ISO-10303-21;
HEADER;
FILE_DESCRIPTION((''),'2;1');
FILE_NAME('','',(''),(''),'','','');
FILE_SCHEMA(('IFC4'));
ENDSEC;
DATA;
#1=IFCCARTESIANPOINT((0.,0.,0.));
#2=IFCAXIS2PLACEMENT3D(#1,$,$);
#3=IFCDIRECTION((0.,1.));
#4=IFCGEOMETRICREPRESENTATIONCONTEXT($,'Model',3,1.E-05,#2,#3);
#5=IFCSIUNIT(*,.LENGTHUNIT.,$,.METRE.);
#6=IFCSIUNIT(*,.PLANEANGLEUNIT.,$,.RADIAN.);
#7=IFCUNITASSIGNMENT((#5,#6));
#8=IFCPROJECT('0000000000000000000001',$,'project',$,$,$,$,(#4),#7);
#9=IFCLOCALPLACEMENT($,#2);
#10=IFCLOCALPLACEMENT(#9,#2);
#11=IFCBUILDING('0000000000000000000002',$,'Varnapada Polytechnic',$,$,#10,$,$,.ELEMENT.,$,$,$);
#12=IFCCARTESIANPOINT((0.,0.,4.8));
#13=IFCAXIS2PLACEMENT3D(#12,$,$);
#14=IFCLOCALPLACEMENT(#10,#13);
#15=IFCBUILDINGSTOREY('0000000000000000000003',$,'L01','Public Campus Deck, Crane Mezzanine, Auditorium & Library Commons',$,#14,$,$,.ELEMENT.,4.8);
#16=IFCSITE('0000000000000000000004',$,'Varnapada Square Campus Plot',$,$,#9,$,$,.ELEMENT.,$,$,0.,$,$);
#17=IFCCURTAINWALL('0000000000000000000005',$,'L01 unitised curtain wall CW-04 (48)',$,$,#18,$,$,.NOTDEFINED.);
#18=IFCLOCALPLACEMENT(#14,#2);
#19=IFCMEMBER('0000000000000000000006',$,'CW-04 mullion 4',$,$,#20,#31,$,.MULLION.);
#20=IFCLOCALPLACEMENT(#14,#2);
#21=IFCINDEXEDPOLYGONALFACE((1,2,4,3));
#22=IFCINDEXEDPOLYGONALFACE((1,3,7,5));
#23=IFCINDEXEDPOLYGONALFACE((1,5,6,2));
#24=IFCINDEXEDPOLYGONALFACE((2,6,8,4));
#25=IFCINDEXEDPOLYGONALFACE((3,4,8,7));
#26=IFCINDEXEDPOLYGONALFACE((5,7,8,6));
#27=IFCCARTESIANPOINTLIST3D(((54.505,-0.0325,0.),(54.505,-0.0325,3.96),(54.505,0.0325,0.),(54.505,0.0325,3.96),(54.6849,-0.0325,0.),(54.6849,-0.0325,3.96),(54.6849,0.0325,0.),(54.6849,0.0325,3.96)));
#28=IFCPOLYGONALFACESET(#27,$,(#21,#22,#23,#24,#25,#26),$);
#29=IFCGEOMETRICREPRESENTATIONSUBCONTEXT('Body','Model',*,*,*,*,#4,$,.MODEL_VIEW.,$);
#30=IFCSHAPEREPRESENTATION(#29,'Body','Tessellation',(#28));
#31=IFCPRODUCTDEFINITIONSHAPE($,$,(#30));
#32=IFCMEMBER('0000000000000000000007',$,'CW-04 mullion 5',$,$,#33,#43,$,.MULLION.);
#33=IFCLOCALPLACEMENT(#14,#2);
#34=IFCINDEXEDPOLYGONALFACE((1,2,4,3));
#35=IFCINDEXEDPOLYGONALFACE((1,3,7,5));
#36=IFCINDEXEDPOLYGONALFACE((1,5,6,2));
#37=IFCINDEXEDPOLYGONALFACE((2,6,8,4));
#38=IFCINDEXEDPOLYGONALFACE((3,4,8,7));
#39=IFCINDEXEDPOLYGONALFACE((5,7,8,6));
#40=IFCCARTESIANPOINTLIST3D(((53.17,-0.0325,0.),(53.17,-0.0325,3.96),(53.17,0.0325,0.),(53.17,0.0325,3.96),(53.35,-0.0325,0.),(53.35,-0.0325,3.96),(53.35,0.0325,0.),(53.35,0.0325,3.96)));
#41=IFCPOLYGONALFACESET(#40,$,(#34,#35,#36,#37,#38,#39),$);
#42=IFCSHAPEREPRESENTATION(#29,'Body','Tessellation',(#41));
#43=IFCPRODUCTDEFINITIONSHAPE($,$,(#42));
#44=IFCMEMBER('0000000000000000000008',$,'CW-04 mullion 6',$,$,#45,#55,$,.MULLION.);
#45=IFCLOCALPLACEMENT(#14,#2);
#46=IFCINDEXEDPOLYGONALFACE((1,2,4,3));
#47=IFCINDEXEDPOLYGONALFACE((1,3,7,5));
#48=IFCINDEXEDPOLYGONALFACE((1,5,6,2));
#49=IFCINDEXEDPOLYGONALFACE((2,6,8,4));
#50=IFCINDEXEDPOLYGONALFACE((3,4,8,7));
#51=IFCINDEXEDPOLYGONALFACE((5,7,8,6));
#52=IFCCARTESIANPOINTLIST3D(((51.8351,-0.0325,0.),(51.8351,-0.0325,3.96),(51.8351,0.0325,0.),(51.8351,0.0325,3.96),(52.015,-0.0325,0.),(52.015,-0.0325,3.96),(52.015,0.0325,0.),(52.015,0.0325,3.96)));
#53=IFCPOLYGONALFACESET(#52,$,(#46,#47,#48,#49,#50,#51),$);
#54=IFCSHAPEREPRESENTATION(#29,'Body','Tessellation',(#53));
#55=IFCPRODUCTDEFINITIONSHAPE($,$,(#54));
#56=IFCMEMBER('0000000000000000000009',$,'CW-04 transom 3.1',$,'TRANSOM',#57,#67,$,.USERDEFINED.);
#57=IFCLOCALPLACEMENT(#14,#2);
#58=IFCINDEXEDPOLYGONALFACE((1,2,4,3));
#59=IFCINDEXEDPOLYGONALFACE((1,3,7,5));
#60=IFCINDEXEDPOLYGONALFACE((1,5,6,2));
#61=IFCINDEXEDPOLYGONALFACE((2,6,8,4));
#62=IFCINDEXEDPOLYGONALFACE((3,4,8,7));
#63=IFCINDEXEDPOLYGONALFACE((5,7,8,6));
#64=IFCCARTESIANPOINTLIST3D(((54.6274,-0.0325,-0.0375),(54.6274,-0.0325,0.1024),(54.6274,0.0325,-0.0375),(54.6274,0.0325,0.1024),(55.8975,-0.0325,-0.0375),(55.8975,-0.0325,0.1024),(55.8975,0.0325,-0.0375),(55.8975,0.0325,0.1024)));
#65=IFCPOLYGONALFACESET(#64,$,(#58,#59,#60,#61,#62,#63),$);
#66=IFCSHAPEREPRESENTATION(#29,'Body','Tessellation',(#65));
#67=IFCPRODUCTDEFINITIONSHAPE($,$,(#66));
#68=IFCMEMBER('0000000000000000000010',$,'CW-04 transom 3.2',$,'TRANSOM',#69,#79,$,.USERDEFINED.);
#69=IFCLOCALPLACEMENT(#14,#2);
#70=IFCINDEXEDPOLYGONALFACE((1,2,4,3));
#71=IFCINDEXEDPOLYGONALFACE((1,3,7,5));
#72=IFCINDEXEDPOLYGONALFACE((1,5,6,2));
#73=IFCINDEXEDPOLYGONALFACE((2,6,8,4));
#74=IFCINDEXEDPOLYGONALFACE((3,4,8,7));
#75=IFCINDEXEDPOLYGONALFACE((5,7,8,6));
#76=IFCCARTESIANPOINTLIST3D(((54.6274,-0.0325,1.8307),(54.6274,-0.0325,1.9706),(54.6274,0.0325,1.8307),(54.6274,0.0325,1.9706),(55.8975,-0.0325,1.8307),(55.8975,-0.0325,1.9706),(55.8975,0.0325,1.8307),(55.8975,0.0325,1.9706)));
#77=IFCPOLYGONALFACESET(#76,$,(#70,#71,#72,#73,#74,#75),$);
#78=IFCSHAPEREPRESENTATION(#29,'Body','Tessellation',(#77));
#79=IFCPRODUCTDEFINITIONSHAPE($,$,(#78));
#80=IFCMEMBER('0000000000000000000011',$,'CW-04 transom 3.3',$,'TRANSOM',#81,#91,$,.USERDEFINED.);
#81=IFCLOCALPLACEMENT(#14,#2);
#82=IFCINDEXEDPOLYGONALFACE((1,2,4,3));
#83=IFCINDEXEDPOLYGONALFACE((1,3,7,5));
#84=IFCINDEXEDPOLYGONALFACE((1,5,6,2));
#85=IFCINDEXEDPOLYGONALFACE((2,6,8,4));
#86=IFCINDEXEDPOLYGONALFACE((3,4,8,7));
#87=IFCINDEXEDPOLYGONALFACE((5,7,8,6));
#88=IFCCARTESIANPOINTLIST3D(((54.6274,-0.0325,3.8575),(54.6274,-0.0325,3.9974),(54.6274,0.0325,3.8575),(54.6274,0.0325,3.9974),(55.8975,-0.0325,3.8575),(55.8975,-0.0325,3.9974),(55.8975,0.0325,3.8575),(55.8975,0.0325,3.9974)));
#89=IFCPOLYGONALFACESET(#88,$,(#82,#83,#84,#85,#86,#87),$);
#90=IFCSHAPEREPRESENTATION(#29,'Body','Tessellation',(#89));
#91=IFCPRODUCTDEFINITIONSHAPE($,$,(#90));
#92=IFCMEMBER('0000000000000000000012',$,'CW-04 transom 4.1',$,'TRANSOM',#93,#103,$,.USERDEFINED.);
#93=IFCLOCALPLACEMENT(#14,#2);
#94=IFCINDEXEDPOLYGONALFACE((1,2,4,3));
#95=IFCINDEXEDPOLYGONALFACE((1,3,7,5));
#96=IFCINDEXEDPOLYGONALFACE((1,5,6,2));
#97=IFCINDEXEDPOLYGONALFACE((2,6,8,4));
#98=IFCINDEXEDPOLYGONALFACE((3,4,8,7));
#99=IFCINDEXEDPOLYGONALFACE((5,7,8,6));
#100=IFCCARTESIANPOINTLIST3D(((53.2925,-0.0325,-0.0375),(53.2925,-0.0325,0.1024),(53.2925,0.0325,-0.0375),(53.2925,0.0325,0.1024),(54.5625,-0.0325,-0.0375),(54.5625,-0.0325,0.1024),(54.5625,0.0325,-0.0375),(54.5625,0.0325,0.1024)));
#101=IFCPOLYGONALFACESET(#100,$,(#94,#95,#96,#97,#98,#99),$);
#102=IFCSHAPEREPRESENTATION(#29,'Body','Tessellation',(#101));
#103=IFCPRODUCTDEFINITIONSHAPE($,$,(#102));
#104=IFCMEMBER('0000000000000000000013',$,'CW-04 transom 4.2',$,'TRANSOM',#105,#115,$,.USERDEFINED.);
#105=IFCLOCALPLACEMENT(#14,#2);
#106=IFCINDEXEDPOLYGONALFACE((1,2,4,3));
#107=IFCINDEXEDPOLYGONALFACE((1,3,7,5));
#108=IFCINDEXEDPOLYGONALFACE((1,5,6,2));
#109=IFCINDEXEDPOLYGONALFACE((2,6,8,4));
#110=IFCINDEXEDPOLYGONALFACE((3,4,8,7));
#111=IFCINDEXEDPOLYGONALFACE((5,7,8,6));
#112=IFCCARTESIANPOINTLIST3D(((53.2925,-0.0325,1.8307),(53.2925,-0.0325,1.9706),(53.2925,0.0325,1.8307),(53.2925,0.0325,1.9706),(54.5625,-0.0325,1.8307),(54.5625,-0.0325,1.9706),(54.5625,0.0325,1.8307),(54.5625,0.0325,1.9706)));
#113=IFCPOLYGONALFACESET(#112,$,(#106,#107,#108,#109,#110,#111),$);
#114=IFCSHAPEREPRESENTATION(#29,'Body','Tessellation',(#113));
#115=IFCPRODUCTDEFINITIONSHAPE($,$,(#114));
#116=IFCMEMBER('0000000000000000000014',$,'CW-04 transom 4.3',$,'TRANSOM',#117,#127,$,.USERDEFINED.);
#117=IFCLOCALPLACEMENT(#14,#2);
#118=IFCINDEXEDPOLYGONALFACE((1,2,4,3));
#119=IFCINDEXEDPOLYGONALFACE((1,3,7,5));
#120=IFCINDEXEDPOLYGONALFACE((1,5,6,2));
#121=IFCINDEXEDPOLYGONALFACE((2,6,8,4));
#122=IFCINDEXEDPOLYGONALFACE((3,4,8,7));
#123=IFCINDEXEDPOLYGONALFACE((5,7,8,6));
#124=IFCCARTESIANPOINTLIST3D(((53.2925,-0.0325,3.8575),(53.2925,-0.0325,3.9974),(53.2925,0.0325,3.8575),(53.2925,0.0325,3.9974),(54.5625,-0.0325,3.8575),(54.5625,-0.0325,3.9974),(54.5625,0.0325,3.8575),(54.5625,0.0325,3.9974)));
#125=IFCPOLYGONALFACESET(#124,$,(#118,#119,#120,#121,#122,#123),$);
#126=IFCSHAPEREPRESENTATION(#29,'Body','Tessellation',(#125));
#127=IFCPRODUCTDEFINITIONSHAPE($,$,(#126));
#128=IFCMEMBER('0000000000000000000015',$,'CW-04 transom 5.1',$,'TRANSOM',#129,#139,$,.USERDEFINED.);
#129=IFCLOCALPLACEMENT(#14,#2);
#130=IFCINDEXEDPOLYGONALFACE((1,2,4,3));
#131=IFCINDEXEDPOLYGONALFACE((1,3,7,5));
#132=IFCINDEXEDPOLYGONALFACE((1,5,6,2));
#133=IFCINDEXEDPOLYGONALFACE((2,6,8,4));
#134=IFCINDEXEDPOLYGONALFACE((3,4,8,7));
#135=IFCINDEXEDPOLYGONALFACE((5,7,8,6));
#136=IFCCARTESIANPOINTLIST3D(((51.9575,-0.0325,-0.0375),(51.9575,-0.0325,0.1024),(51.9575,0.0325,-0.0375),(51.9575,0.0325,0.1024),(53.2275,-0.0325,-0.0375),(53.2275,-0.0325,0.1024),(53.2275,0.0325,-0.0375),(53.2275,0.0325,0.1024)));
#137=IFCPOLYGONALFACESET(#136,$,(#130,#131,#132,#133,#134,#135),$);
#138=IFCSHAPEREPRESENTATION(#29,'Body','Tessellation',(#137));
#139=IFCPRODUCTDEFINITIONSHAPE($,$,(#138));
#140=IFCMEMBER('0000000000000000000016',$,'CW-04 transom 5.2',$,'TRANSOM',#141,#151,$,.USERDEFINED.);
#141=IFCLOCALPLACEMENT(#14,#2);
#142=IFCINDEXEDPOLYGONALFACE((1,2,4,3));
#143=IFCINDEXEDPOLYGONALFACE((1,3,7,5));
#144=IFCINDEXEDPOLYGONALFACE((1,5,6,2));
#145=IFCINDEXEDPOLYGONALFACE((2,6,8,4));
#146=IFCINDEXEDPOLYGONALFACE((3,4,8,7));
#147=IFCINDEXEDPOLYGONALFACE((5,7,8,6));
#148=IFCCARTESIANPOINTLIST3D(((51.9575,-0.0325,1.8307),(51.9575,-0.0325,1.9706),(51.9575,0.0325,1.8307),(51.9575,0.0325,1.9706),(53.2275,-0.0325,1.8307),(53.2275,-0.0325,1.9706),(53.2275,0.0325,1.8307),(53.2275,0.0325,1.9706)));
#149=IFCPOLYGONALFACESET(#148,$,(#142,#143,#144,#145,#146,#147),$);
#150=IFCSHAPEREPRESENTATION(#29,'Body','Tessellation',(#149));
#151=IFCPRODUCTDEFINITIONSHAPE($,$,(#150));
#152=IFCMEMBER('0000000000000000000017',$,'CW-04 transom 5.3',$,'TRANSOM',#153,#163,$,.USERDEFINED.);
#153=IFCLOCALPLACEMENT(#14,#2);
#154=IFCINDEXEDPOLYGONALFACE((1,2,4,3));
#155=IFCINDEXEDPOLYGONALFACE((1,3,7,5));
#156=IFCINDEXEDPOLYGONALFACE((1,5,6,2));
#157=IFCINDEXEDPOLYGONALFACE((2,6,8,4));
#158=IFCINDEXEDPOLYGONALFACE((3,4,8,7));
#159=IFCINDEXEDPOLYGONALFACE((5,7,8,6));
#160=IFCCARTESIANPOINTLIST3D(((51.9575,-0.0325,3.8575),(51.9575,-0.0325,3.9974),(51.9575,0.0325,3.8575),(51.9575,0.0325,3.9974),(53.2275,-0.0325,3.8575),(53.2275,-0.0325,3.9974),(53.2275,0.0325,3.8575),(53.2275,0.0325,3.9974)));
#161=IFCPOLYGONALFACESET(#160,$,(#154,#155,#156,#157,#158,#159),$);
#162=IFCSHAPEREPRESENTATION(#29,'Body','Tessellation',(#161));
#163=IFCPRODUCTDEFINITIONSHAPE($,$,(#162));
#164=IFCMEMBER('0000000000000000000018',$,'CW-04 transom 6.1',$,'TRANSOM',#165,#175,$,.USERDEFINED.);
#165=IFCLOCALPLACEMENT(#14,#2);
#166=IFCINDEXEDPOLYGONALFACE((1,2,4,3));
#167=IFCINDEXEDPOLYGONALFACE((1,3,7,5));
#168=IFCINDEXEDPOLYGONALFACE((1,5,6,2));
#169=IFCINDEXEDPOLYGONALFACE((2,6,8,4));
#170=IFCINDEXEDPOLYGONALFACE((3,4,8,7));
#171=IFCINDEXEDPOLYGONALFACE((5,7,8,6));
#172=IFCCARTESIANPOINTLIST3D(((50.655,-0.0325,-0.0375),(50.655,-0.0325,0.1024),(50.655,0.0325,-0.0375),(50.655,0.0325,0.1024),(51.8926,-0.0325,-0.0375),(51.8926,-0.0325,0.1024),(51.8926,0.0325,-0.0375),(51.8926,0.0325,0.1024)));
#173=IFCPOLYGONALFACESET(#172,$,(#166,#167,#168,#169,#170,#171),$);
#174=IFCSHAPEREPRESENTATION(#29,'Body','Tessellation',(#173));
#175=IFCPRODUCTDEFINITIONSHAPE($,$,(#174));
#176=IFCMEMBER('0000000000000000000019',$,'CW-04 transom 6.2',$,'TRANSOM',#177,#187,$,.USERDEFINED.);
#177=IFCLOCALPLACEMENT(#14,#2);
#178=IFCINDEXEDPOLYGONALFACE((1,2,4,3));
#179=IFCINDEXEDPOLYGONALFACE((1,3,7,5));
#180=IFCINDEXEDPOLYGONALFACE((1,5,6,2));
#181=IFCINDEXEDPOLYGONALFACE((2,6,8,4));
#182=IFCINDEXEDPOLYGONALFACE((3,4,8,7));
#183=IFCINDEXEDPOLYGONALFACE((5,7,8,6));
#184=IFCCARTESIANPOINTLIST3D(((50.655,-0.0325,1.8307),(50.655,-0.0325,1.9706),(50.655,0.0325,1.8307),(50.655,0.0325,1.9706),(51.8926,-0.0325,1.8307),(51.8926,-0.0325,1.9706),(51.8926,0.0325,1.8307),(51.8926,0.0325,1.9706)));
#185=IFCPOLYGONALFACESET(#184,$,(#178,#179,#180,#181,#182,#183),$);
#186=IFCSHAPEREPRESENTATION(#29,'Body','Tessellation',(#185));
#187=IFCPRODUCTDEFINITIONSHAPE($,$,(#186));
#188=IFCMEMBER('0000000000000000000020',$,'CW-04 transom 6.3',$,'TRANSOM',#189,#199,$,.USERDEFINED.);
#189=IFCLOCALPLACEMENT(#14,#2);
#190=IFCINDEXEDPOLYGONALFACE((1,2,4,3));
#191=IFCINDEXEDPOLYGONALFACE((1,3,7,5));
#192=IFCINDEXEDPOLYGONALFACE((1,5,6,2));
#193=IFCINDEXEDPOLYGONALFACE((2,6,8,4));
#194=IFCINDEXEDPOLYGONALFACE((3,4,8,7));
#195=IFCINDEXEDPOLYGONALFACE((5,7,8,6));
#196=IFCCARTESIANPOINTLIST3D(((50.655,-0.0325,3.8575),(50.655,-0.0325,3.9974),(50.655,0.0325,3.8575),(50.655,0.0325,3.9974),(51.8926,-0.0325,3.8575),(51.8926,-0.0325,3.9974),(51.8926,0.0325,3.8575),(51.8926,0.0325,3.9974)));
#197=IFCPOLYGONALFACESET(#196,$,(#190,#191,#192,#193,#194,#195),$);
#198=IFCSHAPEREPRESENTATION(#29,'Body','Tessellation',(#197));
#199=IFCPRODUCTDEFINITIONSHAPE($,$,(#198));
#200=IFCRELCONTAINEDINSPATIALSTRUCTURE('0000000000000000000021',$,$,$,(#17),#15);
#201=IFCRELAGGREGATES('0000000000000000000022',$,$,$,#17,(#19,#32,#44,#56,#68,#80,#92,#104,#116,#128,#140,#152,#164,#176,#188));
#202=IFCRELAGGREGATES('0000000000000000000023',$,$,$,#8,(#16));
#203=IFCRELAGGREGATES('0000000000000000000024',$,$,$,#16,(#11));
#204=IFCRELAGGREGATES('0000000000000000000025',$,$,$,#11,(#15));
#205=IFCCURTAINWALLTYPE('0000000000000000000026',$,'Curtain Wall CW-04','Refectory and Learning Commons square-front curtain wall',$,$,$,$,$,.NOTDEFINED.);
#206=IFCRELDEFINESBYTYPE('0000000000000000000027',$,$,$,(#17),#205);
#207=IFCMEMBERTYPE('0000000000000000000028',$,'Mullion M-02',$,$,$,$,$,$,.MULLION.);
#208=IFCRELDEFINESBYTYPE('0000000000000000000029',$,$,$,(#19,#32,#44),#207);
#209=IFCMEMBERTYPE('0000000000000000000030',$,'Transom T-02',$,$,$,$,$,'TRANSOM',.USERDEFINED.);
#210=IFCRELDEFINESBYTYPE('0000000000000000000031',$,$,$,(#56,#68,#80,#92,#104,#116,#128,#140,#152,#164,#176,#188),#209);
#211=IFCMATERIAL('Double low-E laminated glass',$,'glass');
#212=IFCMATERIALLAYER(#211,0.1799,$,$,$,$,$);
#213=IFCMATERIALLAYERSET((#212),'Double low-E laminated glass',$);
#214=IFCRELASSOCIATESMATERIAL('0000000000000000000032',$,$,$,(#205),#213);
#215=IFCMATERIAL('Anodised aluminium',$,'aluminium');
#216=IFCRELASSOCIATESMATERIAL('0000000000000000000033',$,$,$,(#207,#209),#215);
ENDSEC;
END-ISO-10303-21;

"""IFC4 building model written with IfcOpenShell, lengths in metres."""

from ifc_helpers import new_model, si_unit, direction, frame, origin, origin_2d, place, context, subcontext, project, spatial, rectangle, extrude, material, layer, layer_set, material_profile, profile_set, type_object, element, aggregate, save


model = new_model("IFC4")

# Units and contexts
model_context = context("Model", 3, precision=1e-05, world=origin(), true_north=direction((0.0, 1.0)))
body_context = subcontext(model_context, "Body", "Model", "MODEL_VIEW")
ifc_project = project(units=[si_unit("LENGTHUNIT", "METRE"), si_unit("PLANEANGLEUNIT", "RADIAN")], contexts=[model_context])

# Site, building, storey
site_placement = place(None, origin())
site = spatial("IfcSite", under=ifc_project, at=site_placement, Name="Varnapada Square Campus Plot", CompositionType="ELEMENT", RefElevation=0.0)
building_placement = place(site_placement, origin())
building = spatial("IfcBuilding", under=site, at=building_placement, Name="Varnapada Polytechnic", CompositionType="ELEMENT")
storey_placement = place(building_placement, frame((0.0, 0.0, 4.8)))
storey = spatial("IfcBuildingStorey", under=building, at=storey_placement, Name="L01", Description="Public Campus Deck, Crane Mezzanine, Auditorium & Library Commons", CompositionType="ELEMENT", Elevation=4.8)

# Curtain wall, members
ifc_material_1 = material(Name="Double low-E laminated glass", Category="glass")
ifc_layer_1 = layer(ifc_material_1, 0.1799)
ifc_layer_set_1 = layer_set([ifc_layer_1], Name="Double low-E laminated glass")
curtain_wall_type = type_object("IfcCurtainWallType", Name="Curtain Wall CW-04", Description="Refectory and Learning Commons square-front curtain wall", PredefinedType="NOTDEFINED", material=ifc_layer_set_1)
curtain_wall_placement = place(storey_placement, origin())
curtain_wall = element("IfcCurtainWall", 1, at=curtain_wall_placement, inside=storey, type_object=curtain_wall_type, Name="L01 unitised curtain wall CW-04 (48)", PredefinedType="NOTDEFINED")
ifc_material_2 = material(Name="Anodised aluminium", Category="aluminium")
ifc_material_profile_1 = material_profile(ifc_material_2, rectangle(XDim=0.0649, YDim=0.1799, at=origin_2d()), Name="ALU M65x180")
ifc_profile_set_1 = profile_set([ifc_material_profile_1], Name="Anodised aluminium")
member_type_1 = type_object("IfcMemberType", Name="Mullion M-02", PredefinedType="MULLION", material=ifc_profile_set_1)
member_1_placement = place(storey_placement, frame((54.595, 0.0, 0.0), z_axis=(0.0, 0.0, 1.0), x_axis=(0.0, -1.0, 0.0)))
member_1 = element("IfcMember", 2, at=member_1_placement, type_object=member_type_1, Name="CW-04 mullion 4", PredefinedType="MULLION", context=body_context, shape_type="SweptSolid", body=[
    extrude(rectangle(XDim=0.0649, YDim=0.1799, at=origin_2d()), origin(), (0.0, 0.0, 1.0), 3.96),
])
member_2_placement = place(storey_placement, frame((53.26, 0.0, 0.0), z_axis=(0.0, 0.0, 1.0), x_axis=(0.0, -1.0, 0.0)))
member_2 = element("IfcMember", 3, at=member_2_placement, type_object=member_type_1, Name="CW-04 mullion 5", PredefinedType="MULLION", context=body_context, shape_type="SweptSolid", body=[
    extrude(rectangle(XDim=0.0649, YDim=0.1799, at=origin_2d()), origin(), (0.0, 0.0, 1.0), 3.96),
])
member_3_placement = place(storey_placement, frame((51.925, 0.0, 0.0), z_axis=(0.0, 0.0, 1.0), x_axis=(0.0, -1.0, 0.0)))
member_3 = element("IfcMember", 4, at=member_3_placement, type_object=member_type_1, Name="CW-04 mullion 6", PredefinedType="MULLION", context=body_context, shape_type="SweptSolid", body=[
    extrude(rectangle(XDim=0.0649, YDim=0.1799, at=origin_2d()), origin(), (0.0, 0.0, 1.0), 3.96),
])
ifc_material_profile_2 = material_profile(ifc_material_2, rectangle(XDim=0.0649, YDim=0.1399, at=origin_2d()), Name="ALU T65x140")
ifc_profile_set_2 = profile_set([ifc_material_profile_2], Name="Anodised aluminium")
member_type_2 = type_object("IfcMemberType", Name="Transom T-02", ElementType="TRANSOM", PredefinedType="USERDEFINED", material=ifc_profile_set_2)
member_4_placement = place(storey_placement, frame((55.8975, 0.0, 0.0325), z_axis=(-1.0, 0.0, 0.0), x_axis=(0.0, -1.0, 0.0)))
member_4 = element("IfcMember", 5, at=member_4_placement, type_object=member_type_2, Name="CW-04 transom 3.1", ObjectType="TRANSOM", PredefinedType="USERDEFINED", context=body_context, shape_type="SweptSolid", body=[
    extrude(rectangle(XDim=0.0649, YDim=0.1399, at=origin_2d()), origin(), (0.0, 0.0, 1.0), 1.27),
])
member_5_placement = place(storey_placement, frame((55.8975, 0.0, 1.9006), z_axis=(-1.0, 0.0, 0.0), x_axis=(0.0, -1.0, 0.0)))
member_5 = element("IfcMember", 6, at=member_5_placement, type_object=member_type_2, Name="CW-04 transom 3.2", ObjectType="TRANSOM", PredefinedType="USERDEFINED", context=body_context, shape_type="SweptSolid", body=[
    extrude(rectangle(XDim=0.0649, YDim=0.1399, at=origin_2d()), origin(), (0.0, 0.0, 1.0), 1.27),
])
member_6_placement = place(storey_placement, frame((55.8975, 0.0, 3.9275), z_axis=(-1.0, 0.0, 0.0), x_axis=(0.0, -1.0, 0.0)))
member_6 = element("IfcMember", 7, at=member_6_placement, type_object=member_type_2, Name="CW-04 transom 3.3", ObjectType="TRANSOM", PredefinedType="USERDEFINED", context=body_context, shape_type="SweptSolid", body=[
    extrude(rectangle(XDim=0.0649, YDim=0.1399, at=origin_2d()), origin(), (0.0, 0.0, 1.0), 1.27),
])
member_7_placement = place(storey_placement, frame((54.5625, 0.0, 0.0325), z_axis=(-1.0, 0.0, 0.0), x_axis=(0.0, -1.0, 0.0)))
member_7 = element("IfcMember", 8, at=member_7_placement, type_object=member_type_2, Name="CW-04 transom 4.1", ObjectType="TRANSOM", PredefinedType="USERDEFINED", context=body_context, shape_type="SweptSolid", body=[
    extrude(rectangle(XDim=0.0649, YDim=0.1399, at=origin_2d()), origin(), (0.0, 0.0, 1.0), 1.27),
])
member_8_placement = place(storey_placement, frame((54.5625, 0.0, 1.9006), z_axis=(-1.0, 0.0, 0.0), x_axis=(0.0, -1.0, 0.0)))
member_8 = element("IfcMember", 9, at=member_8_placement, type_object=member_type_2, Name="CW-04 transom 4.2", ObjectType="TRANSOM", PredefinedType="USERDEFINED", context=body_context, shape_type="SweptSolid", body=[
    extrude(rectangle(XDim=0.0649, YDim=0.1399, at=origin_2d()), origin(), (0.0, 0.0, 1.0), 1.27),
])
member_9_placement = place(storey_placement, frame((54.5625, 0.0, 3.9275), z_axis=(-1.0, 0.0, 0.0), x_axis=(0.0, -1.0, 0.0)))
member_9 = element("IfcMember", 10, at=member_9_placement, type_object=member_type_2, Name="CW-04 transom 4.3", ObjectType="TRANSOM", PredefinedType="USERDEFINED", context=body_context, shape_type="SweptSolid", body=[
    extrude(rectangle(XDim=0.0649, YDim=0.1399, at=origin_2d()), origin(), (0.0, 0.0, 1.0), 1.27),
])
member_10_placement = place(storey_placement, frame((53.2275, 0.0, 0.0325), z_axis=(-1.0, 0.0, 0.0), x_axis=(0.0, -1.0, 0.0)))
member_10 = element("IfcMember", 11, at=member_10_placement, type_object=member_type_2, Name="CW-04 transom 5.1", ObjectType="TRANSOM", PredefinedType="USERDEFINED", context=body_context, shape_type="SweptSolid", body=[
    extrude(rectangle(XDim=0.0649, YDim=0.1399, at=origin_2d()), origin(), (0.0, 0.0, 1.0), 1.27),
])
member_11_placement = place(storey_placement, frame((53.2275, 0.0, 1.9006), z_axis=(-1.0, 0.0, 0.0), x_axis=(0.0, -1.0, 0.0)))
member_11 = element("IfcMember", 12, at=member_11_placement, type_object=member_type_2, Name="CW-04 transom 5.2", ObjectType="TRANSOM", PredefinedType="USERDEFINED", context=body_context, shape_type="SweptSolid", body=[
    extrude(rectangle(XDim=0.0649, YDim=0.1399, at=origin_2d()), origin(), (0.0, 0.0, 1.0), 1.27),
])
member_12_placement = place(storey_placement, frame((53.2275, 0.0, 3.9275), z_axis=(-1.0, 0.0, 0.0), x_axis=(0.0, -1.0, 0.0)))
member_12 = element("IfcMember", 13, at=member_12_placement, type_object=member_type_2, Name="CW-04 transom 5.3", ObjectType="TRANSOM", PredefinedType="USERDEFINED", context=body_context, shape_type="SweptSolid", body=[
    extrude(rectangle(XDim=0.0649, YDim=0.1399, at=origin_2d()), origin(), (0.0, 0.0, 1.0), 1.27),
])
member_13_placement = place(storey_placement, frame((51.8926, 0.0, 0.0325), z_axis=(-1.0, 0.0, 0.0), x_axis=(0.0, -1.0, 0.0)))
member_13 = element("IfcMember", 14, at=member_13_placement, type_object=member_type_2, Name="CW-04 transom 6.1", ObjectType="TRANSOM", PredefinedType="USERDEFINED", context=body_context, shape_type="SweptSolid", body=[
    extrude(rectangle(XDim=0.0649, YDim=0.1399, at=origin_2d()), origin(), (0.0, 0.0, 1.0), 1.2375),
])
member_14_placement = place(storey_placement, frame((51.8926, 0.0, 1.9006), z_axis=(-1.0, 0.0, 0.0), x_axis=(0.0, -1.0, 0.0)))
member_14 = element("IfcMember", 15, at=member_14_placement, type_object=member_type_2, Name="CW-04 transom 6.2", ObjectType="TRANSOM", PredefinedType="USERDEFINED", context=body_context, shape_type="SweptSolid", body=[
    extrude(rectangle(XDim=0.0649, YDim=0.1399, at=origin_2d()), origin(), (0.0, 0.0, 1.0), 1.2375),
])
member_15_placement = place(storey_placement, frame((51.8926, 0.0, 3.9275), z_axis=(-1.0, 0.0, 0.0), x_axis=(0.0, -1.0, 0.0)))
member_15 = element("IfcMember", 16, at=member_15_placement, type_object=member_type_2, Name="CW-04 transom 6.3", ObjectType="TRANSOM", PredefinedType="USERDEFINED", context=body_context, shape_type="SweptSolid", body=[
    extrude(rectangle(XDim=0.0649, YDim=0.1399, at=origin_2d()), origin(), (0.0, 0.0, 1.0), 1.2375),
])
aggregate(curtain_wall, [member_1, member_2, member_3, member_4, member_5, member_6, member_7, member_8, member_9, member_10, member_11, member_12, member_13, member_14, member_15])

save(model, "model.ifc")
